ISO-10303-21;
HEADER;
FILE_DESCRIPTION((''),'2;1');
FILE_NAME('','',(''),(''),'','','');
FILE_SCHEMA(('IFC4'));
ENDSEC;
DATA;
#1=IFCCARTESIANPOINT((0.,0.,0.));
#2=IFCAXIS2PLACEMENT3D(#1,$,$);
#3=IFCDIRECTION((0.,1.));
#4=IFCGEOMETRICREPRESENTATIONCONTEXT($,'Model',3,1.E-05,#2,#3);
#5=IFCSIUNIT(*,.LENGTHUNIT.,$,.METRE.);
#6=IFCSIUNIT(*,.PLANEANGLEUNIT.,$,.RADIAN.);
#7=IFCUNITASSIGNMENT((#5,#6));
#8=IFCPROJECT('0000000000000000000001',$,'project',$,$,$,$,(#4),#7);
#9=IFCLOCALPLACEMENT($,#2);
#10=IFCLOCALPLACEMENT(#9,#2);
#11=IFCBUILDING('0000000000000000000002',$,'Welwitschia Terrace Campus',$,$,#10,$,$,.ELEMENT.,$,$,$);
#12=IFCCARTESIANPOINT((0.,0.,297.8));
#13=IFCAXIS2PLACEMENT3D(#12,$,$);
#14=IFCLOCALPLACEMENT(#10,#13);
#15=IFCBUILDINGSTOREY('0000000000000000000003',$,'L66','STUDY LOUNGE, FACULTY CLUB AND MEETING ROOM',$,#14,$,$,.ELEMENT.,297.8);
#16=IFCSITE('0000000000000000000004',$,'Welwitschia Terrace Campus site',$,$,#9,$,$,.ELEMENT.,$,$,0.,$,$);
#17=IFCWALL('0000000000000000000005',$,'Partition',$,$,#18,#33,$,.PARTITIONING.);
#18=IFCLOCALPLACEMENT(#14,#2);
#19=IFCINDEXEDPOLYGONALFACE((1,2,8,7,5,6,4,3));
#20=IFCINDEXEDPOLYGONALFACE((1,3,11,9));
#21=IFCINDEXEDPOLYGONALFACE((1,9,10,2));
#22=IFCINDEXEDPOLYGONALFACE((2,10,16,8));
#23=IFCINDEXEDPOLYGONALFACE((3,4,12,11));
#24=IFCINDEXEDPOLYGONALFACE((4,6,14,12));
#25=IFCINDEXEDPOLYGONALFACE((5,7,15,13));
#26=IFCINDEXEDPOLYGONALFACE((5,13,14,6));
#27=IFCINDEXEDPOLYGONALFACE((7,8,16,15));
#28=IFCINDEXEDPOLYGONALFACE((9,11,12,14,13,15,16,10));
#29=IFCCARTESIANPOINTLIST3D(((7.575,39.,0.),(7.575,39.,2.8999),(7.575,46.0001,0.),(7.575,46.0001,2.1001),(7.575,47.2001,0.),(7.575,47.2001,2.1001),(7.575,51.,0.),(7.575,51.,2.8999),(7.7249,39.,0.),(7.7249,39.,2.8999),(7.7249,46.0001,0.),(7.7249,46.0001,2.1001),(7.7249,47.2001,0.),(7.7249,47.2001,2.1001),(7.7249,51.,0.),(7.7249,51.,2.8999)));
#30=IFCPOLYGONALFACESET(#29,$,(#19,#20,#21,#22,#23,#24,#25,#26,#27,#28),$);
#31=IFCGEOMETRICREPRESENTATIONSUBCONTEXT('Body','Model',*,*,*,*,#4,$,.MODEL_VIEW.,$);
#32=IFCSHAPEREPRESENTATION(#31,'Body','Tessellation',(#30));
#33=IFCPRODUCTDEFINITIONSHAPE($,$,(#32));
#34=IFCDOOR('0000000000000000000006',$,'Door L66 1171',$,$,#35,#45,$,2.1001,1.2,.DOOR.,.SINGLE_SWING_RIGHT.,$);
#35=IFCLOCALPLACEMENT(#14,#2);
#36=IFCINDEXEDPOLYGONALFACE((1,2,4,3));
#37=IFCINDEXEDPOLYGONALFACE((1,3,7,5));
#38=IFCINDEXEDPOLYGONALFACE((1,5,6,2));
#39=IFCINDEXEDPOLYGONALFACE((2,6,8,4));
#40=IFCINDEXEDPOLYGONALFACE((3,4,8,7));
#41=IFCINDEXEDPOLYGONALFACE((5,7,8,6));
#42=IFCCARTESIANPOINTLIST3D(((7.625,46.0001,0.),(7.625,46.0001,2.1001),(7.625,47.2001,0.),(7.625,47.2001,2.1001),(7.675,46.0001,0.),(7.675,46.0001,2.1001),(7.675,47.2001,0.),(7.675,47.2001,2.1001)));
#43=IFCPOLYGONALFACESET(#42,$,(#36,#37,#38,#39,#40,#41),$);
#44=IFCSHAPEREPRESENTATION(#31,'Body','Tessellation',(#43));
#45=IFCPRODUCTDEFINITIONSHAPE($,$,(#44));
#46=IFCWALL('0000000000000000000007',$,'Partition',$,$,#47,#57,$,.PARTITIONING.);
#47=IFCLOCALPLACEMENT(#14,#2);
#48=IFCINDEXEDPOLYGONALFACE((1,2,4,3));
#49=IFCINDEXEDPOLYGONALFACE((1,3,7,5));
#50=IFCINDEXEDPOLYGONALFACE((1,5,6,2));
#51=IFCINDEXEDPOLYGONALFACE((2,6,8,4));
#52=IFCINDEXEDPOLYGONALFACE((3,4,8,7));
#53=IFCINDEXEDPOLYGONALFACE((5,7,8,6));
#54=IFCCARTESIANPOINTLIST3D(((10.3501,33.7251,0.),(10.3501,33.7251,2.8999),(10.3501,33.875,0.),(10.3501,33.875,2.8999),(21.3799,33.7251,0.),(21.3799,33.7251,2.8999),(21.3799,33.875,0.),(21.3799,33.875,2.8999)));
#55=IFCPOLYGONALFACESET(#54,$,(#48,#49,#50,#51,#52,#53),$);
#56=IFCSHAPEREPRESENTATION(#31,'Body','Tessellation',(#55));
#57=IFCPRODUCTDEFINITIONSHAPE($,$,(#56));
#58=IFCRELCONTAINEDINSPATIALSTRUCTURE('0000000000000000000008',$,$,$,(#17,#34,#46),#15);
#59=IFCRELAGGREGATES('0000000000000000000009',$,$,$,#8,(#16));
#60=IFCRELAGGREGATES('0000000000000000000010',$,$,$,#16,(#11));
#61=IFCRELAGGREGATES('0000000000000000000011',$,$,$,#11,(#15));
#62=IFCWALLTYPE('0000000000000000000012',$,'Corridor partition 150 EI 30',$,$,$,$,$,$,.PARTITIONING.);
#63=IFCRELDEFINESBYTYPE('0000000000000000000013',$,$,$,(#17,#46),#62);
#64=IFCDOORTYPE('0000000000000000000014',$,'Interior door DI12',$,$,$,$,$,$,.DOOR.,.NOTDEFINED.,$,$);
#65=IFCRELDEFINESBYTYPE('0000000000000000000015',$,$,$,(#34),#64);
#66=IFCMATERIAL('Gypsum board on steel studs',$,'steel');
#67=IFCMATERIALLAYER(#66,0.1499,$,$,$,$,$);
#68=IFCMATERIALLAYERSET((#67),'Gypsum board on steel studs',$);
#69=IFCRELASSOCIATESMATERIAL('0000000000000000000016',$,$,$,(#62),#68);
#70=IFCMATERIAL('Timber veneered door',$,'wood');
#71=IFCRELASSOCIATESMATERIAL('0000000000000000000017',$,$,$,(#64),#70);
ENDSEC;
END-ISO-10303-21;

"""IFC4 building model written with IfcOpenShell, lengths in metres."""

from ifc_helpers import new_model, si_unit, direction, frame, frame_2d, origin, place, context, subcontext, project, spatial, rectangle, extrude, material, layer, layer_set, type_object, element, fill, save


model = new_model("IFC4")

# Units and contexts
model_context = context("Model", 3, precision=1e-05, world=origin(), true_north=direction((0.0, 1.0)))
body_context = subcontext(model_context, "Body", "Model", "MODEL_VIEW")
ifc_project = project(units=[si_unit("LENGTHUNIT", "METRE"), si_unit("PLANEANGLEUNIT", "RADIAN")], contexts=[model_context])

# Site, building, storey
site_placement = place(None, origin())
site = spatial("IfcSite", under=ifc_project, at=site_placement, Name="Welwitschia Terrace Campus site", CompositionType="ELEMENT", RefElevation=0.0)
building_placement = place(site_placement, origin())
building = spatial("IfcBuilding", under=site, at=building_placement, Name="Welwitschia Terrace Campus", CompositionType="ELEMENT")
storey_placement = place(building_placement, frame((0.0, 0.0, 297.8)))
storey = spatial("IfcBuildingStorey", under=building, at=storey_placement, Name="L66", Description="STUDY LOUNGE, FACULTY CLUB AND MEETING ROOM", CompositionType="ELEMENT", Elevation=297.8)

# Shared definitions
ifc_material_1 = material(Name="Gypsum board on steel studs", Category="steel")
ifc_layer_1 = layer(ifc_material_1, 0.1499)
ifc_layer_set_1 = layer_set([ifc_layer_1], Name="Gypsum board on steel studs")
wall_type = type_object("IfcWallType", Name="Corridor partition 150 EI 30", PredefinedType="PARTITIONING", material=ifc_layer_set_1)

# Wall, opening, door
wall_1_placement = place(storey_placement, frame((7.6499, 39.0, 0.0), z_axis=(0.0, 0.0, 1.0), x_axis=(0.0, 1.0, 0.0)))
wall_1 = element("IfcWall", 1, at=wall_1_placement, inside=storey, type_object=wall_type, Name="Partition", PredefinedType="PARTITIONING", context=body_context, shape_type="SweptSolid", body=[
    extrude(rectangle(XDim=12.0, YDim=0.1499, at=frame_2d((6.0, 0.0))), origin(), (0.0, 0.0, 1.0), 2.8999),
])
opening_1_placement = place(wall_1_placement, frame((7.0, 0.0, 0.0)))
opening_1 = element("IfcOpeningElement", 2, at=opening_1_placement, cuts=wall_1, PredefinedType="OPENING", context=body_context, shape_type="SweptSolid", body=[
    extrude(rectangle(XDim=1.2, YDim=2.1001, at=frame_2d((0.6001, 1.05))), frame((0.0, 0.085, 0.0), z_axis=(0.0, -1.0, 0.0), x_axis=(1.0, 0.0, 0.0)), (0.0, 0.0, 1.0), 0.1699),
])
ifc_material_2 = material(Name="Timber veneered door", Category="wood")
door_type_1 = type_object("IfcDoorType", Name="Interior door DI12", OperationType="NOTDEFINED", PredefinedType="DOOR", material=ifc_material_2)
door_1_placement = place(opening_1_placement, origin())
door_1 = element("IfcDoor", 3, at=door_1_placement, inside=storey, type_object=door_type_1, Name="Door L66 1171", OperationType="SINGLE_SWING_RIGHT", OverallHeight=2.1001, OverallWidth=1.2, PredefinedType="DOOR", context=body_context, shape_type="SweptSolid", body=[
    extrude(rectangle(XDim=1.2, YDim=2.1001, at=frame_2d((0.6001, 1.05))), frame((0.0, 0.0249, 0.0), z_axis=(0.0, -1.0, 0.0), x_axis=(1.0, 0.0, 0.0)), (0.0, 0.0, 1.0), 0.05),
])
fill(opening_1, door_1)

# Wall
wall_2_placement = place(storey_placement, frame((10.3501, 33.8, 0.0), z_axis=(0.0, 0.0, 1.0), x_axis=(1.0, 0.0, 0.0)))
element("IfcWall", 4, at=wall_2_placement, inside=storey, type_object=wall_type, Name="Partition", PredefinedType="PARTITIONING", context=body_context, shape_type="SweptSolid", body=[
    extrude(rectangle(XDim=11.0298, YDim=0.1499, at=frame_2d((5.5149, 0.0))), origin(), (0.0, 0.0, 1.0), 2.8999),
])

save(model, "model.ifc")
